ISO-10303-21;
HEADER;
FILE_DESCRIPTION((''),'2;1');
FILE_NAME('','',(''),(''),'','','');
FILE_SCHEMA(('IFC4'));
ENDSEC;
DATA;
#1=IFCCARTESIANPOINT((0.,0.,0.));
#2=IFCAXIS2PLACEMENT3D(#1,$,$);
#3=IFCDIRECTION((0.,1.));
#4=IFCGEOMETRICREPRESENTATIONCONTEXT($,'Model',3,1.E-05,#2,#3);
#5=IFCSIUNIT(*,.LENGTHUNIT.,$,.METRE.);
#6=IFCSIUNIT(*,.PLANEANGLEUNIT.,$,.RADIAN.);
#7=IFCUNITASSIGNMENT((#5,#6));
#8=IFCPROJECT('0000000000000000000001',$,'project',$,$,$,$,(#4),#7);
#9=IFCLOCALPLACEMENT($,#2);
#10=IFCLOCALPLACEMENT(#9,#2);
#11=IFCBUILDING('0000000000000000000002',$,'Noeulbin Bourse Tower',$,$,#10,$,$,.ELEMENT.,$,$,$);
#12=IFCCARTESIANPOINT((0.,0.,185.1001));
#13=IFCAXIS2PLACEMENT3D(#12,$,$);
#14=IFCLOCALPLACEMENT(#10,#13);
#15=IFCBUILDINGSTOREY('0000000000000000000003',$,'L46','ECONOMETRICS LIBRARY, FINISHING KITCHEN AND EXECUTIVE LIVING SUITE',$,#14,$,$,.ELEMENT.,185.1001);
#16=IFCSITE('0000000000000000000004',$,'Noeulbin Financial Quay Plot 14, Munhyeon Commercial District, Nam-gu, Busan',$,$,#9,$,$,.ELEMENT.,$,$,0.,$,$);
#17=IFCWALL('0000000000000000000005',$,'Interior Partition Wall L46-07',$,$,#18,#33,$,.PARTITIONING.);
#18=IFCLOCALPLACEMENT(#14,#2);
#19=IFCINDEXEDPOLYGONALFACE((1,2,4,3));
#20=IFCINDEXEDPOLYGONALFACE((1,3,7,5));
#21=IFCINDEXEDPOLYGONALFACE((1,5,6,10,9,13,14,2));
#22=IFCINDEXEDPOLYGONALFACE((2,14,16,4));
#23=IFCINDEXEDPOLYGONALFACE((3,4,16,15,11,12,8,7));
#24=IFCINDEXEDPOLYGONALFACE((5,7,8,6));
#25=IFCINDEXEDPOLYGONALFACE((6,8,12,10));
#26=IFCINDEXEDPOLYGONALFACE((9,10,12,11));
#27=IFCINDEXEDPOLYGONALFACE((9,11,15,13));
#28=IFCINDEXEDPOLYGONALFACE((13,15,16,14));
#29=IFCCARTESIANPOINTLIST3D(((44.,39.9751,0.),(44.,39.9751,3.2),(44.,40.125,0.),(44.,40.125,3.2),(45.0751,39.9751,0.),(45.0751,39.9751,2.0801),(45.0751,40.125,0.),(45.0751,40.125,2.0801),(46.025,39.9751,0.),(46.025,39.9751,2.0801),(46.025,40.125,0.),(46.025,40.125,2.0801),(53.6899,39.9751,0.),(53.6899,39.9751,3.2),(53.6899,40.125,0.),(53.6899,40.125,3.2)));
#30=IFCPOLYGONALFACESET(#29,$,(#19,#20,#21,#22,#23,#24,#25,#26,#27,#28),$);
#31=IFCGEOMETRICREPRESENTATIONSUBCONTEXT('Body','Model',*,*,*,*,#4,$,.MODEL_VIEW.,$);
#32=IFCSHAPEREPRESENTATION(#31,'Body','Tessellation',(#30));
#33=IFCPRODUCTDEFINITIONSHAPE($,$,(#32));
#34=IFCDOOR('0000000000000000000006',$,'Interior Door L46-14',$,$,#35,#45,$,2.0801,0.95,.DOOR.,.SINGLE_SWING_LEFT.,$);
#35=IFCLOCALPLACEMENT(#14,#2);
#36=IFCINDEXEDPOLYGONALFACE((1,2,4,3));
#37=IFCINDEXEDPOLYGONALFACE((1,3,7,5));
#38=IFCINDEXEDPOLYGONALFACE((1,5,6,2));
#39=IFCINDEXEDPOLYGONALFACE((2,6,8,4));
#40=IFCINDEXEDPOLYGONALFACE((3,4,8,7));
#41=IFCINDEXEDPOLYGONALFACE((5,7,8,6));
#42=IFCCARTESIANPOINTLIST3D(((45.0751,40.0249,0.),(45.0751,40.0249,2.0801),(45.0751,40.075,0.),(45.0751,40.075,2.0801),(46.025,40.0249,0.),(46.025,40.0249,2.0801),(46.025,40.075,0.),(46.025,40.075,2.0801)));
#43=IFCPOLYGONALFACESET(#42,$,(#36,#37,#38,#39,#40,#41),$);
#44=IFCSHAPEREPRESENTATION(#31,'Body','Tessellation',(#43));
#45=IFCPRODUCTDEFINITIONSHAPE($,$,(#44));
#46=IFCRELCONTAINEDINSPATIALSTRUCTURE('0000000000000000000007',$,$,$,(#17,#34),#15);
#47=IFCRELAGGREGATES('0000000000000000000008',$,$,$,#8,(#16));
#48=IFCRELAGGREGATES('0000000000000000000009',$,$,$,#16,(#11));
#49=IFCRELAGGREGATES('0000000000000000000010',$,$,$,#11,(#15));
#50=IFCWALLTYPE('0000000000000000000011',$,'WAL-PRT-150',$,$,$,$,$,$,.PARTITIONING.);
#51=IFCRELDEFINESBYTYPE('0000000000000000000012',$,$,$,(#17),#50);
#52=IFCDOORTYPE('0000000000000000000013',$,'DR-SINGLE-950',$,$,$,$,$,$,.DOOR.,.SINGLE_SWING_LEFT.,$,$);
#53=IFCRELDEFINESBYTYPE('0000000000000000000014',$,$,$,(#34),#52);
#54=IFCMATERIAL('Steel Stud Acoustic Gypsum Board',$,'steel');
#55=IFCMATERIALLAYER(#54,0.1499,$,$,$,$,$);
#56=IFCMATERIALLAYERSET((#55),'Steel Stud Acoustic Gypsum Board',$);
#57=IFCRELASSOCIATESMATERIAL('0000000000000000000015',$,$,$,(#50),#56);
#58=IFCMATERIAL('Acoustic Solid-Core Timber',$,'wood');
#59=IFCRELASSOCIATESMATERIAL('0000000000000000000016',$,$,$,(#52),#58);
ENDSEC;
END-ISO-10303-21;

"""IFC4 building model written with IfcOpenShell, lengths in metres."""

from ifc_helpers import new_model, si_unit, direction, frame, frame_2d, origin, place, context, subcontext, project, spatial, rectangle, extrude, material, layer, layer_set, type_object, element, fill, save


model = new_model("IFC4")

# Units and contexts
model_context = context("Model", 3, precision=1e-05, world=origin(), true_north=direction((0.0, 1.0)))
body_context = subcontext(model_context, "Body", "Model", "MODEL_VIEW")
ifc_project = project(units=[si_unit("LENGTHUNIT", "METRE"), si_unit("PLANEANGLEUNIT", "RADIAN")], contexts=[model_context])

# Site, building, storey
site_placement = place(None, origin())
site = spatial("IfcSite", under=ifc_project, at=site_placement, Name="Noeulbin Financial Quay Plot 14, Munhyeon Commercial District, Nam-gu, Busan", CompositionType="ELEMENT", RefElevation=0.0)
building_placement = place(site_placement, origin())
building = spatial("IfcBuilding", under=site, at=building_placement, Name="Noeulbin Bourse Tower", CompositionType="ELEMENT")
storey_placement = place(building_placement, frame((0.0, 0.0, 185.1001)))
storey = spatial("IfcBuildingStorey", under=building, at=storey_placement, Name="L46", Description="ECONOMETRICS LIBRARY, FINISHING KITCHEN AND EXECUTIVE LIVING SUITE", CompositionType="ELEMENT", Elevation=185.1001)

# Wall, opening, door
ifc_material_1 = material(Name="Steel Stud Acoustic Gypsum Board", Category="steel")
ifc_layer_1 = layer(ifc_material_1, 0.1499)
ifc_layer_set_1 = layer_set([ifc_layer_1], Name="Steel Stud Acoustic Gypsum Board")
wall_type_1 = type_object("IfcWallType", Name="WAL-PRT-150", PredefinedType="PARTITIONING", material=ifc_layer_set_1)
wall_placement = place(storey_placement, frame((44.0, 40.05, 0.0), z_axis=(0.0, 0.0, 1.0), x_axis=(1.0, 0.0, 0.0)))
wall = element("IfcWall", 1, at=wall_placement, inside=storey, type_object=wall_type_1, Name="Interior Partition Wall L46-07", PredefinedType="PARTITIONING", context=body_context, shape_type="SweptSolid", body=[
    extrude(rectangle(XDim=9.6899, YDim=0.1499, at=frame_2d((4.845, 0.0))), origin(), (0.0, 0.0, 1.0), 3.2),
])
opening_placement = place(wall_placement, frame((1.075, 0.0, 0.0)))
opening = element("IfcOpeningElement", 2, at=opening_placement, cuts=wall, PredefinedType="OPENING", context=body_context, shape_type="SweptSolid", body=[
    extrude(rectangle(XDim=0.95, YDim=2.0801, at=frame_2d((0.4751, 1.04))), frame((0.0, 0.085, 0.0), z_axis=(0.0, -1.0, 0.0), x_axis=(1.0, 0.0, 0.0)), (0.0, 0.0, 1.0), 0.1699),
])
ifc_material_2 = material(Name="Acoustic Solid-Core Timber", Category="wood")
door_type = type_object("IfcDoorType", Name="DR-SINGLE-950", OperationType="SINGLE_SWING_LEFT", PredefinedType="DOOR", material=ifc_material_2)
door_placement = place(opening_placement, origin())
door = element("IfcDoor", 3, at=door_placement, inside=storey, type_object=door_type, Name="Interior Door L46-14", OperationType="SINGLE_SWING_LEFT", OverallHeight=2.0801, OverallWidth=0.95, PredefinedType="DOOR", context=body_context, shape_type="SweptSolid", body=[
    extrude(rectangle(XDim=0.95, YDim=2.0801, at=frame_2d((0.4751, 1.04))), frame((0.0, 0.0249, 0.0), z_axis=(0.0, -1.0, 0.0), x_axis=(1.0, 0.0, 0.0)), (0.0, 0.0, 1.0), 0.05),
])
fill(opening, door)

save(model, "model.ifc")
